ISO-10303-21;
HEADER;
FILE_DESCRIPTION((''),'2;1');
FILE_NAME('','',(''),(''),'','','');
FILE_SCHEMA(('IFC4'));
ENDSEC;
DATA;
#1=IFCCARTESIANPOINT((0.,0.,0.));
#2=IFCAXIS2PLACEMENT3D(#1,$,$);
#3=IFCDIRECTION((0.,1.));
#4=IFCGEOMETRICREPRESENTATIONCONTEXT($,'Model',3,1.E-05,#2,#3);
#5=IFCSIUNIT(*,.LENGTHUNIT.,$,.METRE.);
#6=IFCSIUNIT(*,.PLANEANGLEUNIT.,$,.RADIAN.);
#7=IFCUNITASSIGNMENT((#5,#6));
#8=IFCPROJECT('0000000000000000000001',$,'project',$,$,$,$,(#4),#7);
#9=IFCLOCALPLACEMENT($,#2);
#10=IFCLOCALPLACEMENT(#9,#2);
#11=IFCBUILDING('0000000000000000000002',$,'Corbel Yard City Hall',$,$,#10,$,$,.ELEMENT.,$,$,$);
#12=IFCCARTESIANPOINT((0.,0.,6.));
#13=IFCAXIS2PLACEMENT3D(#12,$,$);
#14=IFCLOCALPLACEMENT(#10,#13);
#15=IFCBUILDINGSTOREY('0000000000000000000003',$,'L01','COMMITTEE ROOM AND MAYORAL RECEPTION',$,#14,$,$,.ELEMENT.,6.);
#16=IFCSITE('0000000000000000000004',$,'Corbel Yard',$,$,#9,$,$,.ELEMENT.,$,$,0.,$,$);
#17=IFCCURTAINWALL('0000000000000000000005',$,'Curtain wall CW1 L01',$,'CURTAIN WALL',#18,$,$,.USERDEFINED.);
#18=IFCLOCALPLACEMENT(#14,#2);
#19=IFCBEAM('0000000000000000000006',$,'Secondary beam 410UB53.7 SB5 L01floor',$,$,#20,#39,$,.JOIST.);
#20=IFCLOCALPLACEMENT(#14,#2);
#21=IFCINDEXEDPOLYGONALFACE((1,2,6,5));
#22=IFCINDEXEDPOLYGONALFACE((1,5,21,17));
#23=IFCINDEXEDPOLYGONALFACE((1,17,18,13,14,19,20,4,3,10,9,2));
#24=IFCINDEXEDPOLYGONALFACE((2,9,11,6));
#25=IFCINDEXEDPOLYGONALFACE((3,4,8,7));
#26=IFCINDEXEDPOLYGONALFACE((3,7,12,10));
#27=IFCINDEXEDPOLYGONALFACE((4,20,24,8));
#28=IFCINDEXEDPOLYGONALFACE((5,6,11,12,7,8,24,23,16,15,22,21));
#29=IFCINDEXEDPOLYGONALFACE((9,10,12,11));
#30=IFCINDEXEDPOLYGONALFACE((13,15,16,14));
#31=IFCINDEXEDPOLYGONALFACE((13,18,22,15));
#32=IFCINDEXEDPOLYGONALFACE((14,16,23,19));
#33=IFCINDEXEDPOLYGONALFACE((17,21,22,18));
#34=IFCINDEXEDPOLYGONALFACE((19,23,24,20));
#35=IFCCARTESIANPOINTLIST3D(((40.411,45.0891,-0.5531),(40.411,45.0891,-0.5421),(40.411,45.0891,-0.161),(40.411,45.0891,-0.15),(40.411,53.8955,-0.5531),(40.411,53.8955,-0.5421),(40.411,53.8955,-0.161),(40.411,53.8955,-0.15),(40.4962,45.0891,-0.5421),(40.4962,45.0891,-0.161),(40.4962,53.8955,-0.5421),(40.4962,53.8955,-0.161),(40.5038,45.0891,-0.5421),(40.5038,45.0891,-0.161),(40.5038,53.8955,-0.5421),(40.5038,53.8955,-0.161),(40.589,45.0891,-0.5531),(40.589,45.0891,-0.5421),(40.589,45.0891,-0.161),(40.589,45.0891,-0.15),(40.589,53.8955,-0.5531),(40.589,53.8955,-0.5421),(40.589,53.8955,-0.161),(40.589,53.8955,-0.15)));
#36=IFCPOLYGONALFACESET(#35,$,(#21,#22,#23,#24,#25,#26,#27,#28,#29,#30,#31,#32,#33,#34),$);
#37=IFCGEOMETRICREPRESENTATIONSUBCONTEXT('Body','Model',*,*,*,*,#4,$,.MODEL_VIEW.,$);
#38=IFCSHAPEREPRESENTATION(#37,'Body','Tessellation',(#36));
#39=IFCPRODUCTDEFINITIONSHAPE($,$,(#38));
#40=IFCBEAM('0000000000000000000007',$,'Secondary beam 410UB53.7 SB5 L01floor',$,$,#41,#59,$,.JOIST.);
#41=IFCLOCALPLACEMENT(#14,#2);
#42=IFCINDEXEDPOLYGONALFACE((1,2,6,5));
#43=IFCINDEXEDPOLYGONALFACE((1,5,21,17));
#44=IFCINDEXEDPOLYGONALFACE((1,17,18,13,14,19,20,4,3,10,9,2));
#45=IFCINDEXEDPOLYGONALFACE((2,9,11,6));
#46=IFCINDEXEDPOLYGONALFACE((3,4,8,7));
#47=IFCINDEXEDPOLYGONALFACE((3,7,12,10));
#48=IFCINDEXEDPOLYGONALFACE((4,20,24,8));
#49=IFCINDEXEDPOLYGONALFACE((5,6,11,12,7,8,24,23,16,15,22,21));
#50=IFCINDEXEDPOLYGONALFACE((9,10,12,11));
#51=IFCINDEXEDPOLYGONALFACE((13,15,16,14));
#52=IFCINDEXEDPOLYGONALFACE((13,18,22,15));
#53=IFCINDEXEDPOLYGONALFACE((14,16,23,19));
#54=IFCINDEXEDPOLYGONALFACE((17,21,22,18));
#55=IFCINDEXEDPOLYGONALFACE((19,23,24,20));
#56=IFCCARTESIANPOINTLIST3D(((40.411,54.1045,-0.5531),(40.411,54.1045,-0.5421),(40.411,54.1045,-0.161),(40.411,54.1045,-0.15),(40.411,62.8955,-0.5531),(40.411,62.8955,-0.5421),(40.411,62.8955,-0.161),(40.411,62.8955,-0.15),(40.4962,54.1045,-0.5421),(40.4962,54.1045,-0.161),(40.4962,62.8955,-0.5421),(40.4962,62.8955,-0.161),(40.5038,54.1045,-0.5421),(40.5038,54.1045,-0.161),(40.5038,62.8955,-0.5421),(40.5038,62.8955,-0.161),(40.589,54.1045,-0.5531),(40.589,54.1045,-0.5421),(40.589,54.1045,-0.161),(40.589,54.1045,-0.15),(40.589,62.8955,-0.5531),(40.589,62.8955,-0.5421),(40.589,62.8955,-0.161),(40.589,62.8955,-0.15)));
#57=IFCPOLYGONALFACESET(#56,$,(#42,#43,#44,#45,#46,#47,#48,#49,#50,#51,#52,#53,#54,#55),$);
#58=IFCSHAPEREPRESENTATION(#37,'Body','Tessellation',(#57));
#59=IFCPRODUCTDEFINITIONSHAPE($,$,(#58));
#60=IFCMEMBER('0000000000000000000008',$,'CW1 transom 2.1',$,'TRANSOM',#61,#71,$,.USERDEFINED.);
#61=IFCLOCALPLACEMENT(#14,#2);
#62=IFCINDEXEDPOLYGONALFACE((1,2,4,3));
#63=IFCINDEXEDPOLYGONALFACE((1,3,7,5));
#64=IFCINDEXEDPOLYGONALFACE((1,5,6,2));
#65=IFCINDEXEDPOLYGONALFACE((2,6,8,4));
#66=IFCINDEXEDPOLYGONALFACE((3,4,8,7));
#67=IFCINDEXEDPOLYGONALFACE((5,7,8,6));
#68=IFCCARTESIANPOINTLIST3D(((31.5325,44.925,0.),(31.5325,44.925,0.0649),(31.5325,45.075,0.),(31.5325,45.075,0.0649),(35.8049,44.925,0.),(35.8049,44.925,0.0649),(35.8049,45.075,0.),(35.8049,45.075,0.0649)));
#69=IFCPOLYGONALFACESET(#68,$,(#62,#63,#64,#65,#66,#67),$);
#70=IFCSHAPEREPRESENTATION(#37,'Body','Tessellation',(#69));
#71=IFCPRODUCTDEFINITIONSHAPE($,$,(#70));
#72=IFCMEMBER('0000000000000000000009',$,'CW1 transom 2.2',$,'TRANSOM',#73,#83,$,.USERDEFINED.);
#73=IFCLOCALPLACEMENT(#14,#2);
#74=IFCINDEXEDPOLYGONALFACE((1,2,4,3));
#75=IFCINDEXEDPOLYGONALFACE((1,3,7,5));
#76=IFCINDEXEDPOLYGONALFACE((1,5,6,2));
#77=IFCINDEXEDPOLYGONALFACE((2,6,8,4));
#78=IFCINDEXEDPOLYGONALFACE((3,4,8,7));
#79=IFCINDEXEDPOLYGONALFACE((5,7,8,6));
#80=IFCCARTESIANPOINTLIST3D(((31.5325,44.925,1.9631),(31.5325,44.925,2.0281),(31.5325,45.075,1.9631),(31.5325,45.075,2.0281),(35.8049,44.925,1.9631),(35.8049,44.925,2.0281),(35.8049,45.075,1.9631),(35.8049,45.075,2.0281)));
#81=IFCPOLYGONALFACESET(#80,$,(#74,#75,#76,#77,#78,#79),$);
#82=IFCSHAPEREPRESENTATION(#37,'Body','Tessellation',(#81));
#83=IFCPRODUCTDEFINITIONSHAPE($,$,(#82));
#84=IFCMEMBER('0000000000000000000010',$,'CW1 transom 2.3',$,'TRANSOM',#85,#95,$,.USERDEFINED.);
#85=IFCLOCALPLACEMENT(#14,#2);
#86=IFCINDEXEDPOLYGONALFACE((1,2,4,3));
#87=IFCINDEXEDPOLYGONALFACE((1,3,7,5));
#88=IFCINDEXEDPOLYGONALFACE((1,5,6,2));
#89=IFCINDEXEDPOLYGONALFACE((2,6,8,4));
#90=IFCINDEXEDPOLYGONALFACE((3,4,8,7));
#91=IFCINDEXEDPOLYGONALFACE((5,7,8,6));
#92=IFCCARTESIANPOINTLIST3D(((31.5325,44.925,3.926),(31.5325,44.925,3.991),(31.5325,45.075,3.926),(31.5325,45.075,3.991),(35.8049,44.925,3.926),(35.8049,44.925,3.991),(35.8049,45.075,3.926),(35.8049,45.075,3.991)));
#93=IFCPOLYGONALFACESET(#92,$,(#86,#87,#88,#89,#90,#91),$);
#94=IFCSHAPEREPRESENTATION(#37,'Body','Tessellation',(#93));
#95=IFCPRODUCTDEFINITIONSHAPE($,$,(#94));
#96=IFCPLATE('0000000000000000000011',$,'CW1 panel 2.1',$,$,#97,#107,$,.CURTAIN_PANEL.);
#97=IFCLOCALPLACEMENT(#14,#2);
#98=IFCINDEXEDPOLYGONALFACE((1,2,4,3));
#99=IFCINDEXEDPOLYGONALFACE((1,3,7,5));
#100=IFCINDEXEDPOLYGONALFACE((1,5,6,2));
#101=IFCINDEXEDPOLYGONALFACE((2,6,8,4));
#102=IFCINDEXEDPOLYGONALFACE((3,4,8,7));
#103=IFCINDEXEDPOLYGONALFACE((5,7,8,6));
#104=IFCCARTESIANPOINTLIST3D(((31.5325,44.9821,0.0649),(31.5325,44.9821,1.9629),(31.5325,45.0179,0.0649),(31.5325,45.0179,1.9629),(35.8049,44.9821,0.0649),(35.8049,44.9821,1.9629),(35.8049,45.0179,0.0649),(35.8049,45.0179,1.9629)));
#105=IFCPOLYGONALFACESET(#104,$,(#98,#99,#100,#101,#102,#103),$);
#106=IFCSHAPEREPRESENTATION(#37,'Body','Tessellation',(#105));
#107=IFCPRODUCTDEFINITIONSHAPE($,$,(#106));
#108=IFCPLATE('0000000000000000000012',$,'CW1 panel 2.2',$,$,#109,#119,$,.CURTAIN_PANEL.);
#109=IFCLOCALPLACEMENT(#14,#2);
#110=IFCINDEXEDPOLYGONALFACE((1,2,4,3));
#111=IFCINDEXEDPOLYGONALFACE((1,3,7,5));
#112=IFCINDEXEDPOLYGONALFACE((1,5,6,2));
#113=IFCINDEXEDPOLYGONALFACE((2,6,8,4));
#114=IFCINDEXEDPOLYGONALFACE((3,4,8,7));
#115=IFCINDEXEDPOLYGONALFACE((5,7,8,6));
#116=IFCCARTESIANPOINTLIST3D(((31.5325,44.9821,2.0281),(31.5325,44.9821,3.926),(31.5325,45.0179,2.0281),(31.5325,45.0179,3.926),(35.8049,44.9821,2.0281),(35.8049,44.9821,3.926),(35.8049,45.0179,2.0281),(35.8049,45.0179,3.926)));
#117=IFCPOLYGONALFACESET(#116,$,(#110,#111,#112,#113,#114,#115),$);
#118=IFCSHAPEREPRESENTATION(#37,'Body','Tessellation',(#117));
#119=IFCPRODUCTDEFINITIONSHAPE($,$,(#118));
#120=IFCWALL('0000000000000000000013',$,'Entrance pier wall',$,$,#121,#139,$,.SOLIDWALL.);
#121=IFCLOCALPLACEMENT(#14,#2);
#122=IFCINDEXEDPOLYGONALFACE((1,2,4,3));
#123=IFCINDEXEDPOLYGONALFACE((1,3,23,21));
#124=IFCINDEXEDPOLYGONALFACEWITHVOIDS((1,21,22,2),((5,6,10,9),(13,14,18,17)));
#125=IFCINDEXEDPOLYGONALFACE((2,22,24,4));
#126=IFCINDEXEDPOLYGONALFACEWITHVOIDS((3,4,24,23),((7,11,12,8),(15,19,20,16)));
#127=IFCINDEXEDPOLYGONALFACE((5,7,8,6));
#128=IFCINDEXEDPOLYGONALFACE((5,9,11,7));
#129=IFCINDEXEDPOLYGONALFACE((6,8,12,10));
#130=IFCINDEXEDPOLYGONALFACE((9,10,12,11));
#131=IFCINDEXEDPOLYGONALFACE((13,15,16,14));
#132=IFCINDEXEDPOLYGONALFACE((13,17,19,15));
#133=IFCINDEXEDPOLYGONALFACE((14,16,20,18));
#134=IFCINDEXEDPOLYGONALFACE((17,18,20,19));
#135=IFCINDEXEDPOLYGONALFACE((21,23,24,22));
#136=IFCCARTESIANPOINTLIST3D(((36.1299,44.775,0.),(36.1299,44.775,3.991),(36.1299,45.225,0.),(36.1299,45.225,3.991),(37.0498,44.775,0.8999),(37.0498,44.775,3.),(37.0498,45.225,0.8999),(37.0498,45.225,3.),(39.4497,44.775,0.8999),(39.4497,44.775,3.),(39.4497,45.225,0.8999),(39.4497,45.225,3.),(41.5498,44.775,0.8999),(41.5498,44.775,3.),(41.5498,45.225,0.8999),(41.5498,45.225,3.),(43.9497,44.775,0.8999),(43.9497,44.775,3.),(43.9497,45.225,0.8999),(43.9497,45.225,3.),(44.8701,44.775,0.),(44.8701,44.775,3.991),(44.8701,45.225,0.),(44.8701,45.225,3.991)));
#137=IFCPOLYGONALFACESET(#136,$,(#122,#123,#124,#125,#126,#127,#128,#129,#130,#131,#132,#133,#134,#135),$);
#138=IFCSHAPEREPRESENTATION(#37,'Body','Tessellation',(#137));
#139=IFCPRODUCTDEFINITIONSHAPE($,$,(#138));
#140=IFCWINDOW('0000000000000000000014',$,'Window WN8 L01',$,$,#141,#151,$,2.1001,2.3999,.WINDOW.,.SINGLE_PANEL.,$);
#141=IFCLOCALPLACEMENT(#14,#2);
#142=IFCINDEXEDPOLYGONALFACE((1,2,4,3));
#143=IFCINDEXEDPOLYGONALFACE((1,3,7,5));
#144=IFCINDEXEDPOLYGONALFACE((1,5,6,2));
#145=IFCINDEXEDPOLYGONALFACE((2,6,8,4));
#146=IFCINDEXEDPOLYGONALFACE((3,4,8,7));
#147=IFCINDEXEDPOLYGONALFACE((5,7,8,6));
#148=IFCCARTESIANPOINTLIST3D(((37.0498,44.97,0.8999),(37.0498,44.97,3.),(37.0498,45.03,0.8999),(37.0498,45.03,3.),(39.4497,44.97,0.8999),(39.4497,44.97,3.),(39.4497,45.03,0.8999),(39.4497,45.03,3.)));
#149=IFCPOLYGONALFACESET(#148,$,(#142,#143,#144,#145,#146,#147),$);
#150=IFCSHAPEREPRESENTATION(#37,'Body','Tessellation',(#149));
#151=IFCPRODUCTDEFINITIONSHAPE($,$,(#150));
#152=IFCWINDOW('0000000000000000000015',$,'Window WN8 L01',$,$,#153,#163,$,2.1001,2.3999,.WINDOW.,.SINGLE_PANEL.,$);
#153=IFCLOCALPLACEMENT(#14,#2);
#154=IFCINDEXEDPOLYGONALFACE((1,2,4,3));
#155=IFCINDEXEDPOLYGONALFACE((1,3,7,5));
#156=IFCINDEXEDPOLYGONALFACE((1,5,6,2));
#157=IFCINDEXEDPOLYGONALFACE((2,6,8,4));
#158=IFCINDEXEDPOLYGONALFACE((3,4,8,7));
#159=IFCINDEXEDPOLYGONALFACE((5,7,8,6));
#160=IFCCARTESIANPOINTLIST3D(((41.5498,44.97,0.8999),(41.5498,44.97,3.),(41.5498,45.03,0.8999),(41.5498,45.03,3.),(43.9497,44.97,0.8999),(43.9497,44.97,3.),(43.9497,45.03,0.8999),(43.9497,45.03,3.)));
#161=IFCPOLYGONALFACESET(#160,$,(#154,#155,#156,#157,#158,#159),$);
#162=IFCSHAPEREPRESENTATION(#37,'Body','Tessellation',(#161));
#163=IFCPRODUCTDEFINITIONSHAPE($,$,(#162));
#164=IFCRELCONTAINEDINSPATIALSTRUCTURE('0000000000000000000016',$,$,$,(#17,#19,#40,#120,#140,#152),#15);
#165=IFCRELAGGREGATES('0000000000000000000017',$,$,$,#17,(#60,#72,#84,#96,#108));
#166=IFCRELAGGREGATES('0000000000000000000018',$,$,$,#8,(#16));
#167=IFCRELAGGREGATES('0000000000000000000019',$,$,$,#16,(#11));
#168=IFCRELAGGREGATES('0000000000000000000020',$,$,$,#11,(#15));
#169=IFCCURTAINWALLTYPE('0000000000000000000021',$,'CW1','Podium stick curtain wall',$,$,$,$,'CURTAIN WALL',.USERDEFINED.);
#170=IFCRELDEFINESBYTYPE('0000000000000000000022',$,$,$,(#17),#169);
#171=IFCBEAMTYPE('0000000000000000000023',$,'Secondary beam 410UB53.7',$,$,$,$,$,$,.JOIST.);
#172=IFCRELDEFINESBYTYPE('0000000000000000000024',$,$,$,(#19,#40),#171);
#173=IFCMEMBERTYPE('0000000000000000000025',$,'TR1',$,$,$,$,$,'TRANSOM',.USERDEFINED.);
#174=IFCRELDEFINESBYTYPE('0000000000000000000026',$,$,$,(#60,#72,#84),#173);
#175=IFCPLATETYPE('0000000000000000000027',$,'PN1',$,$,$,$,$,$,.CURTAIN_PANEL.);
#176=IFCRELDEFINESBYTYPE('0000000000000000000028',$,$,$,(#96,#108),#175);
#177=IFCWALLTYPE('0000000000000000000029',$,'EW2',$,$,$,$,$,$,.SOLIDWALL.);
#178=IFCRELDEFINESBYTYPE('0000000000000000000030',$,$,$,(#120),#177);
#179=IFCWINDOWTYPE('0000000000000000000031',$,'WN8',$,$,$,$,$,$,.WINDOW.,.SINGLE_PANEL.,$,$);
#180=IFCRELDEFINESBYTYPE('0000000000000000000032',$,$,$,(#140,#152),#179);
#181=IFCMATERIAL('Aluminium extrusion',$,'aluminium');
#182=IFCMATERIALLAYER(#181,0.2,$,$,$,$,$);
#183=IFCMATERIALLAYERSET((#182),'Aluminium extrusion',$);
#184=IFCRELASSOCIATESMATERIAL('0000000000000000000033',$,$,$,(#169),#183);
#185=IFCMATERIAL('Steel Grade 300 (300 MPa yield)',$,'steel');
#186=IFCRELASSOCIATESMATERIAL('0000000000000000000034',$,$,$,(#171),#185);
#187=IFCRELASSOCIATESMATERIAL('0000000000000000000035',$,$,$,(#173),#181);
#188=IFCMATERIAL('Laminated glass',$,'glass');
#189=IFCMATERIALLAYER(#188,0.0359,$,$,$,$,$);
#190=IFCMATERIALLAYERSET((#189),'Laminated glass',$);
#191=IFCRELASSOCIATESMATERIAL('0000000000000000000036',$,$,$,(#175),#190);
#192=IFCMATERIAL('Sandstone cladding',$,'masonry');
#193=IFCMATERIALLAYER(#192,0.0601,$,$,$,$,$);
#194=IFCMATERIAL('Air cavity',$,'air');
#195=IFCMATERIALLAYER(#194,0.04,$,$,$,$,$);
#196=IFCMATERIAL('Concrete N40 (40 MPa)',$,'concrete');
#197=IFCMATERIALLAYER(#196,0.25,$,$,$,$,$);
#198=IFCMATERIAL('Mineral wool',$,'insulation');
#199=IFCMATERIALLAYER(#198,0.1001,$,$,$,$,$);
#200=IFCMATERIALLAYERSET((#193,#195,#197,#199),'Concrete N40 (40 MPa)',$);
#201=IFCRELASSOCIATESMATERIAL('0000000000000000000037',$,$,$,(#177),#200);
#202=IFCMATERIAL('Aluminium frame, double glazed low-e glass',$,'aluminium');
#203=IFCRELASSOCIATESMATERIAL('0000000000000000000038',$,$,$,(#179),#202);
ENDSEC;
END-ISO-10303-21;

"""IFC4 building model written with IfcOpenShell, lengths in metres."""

from ifc_helpers import new_model, si_unit, direction, frame, frame_2d, origin, origin_2d, place, context, subcontext, project, spatial, rectangle, i_section, extrude, material, layer, layer_set, material_profile, profile_set, type_object, element, fill, aggregate, save


model = new_model("IFC4")

# Units and contexts
model_context = context("Model", 3, precision=1e-05, world=origin(), true_north=direction((0.0, 1.0)))
body_context = subcontext(model_context, "Body", "Model", "MODEL_VIEW")
ifc_project = project(units=[si_unit("LENGTHUNIT", "METRE"), si_unit("PLANEANGLEUNIT", "RADIAN")], contexts=[model_context])

# Site, building, storey
site_placement = place(None, origin())
site = spatial("IfcSite", under=ifc_project, at=site_placement, Name="Corbel Yard", CompositionType="ELEMENT", RefElevation=0.0)
building_placement = place(site_placement, origin())
building = spatial("IfcBuilding", under=site, at=building_placement, Name="Corbel Yard City Hall", CompositionType="ELEMENT")
storey_placement = place(building_placement, frame((0.0, 0.0, 6.0)))
storey = spatial("IfcBuildingStorey", under=building, at=storey_placement, Name="L01", Description="COMMITTEE ROOM AND MAYORAL RECEPTION", CompositionType="ELEMENT", Elevation=6.0)

# Shared definitions
ifc_material_1 = material(Name="Steel Grade 300 (300 MPa yield)", Category="steel")

# Curtain wall
ifc_material_2 = material(Name="Aluminium extrusion", Category="aluminium")
ifc_layer_1 = layer(ifc_material_2, 0.2)
ifc_layer_set_1 = layer_set([ifc_layer_1], Name="Aluminium extrusion")
curtain_wall_type = type_object("IfcCurtainWallType", Name="CW1", Description="Podium stick curtain wall", ElementType="CURTAIN WALL", PredefinedType="USERDEFINED", material=ifc_layer_set_1)
curtain_wall_placement = place(storey_placement, origin())
curtain_wall = element("IfcCurtainWall", 1, at=curtain_wall_placement, inside=storey, type_object=curtain_wall_type, Name="Curtain wall CW1 L01", ObjectType="CURTAIN WALL", PredefinedType="USERDEFINED")

# Beams
ifc_material_profile_1 = material_profile(ifc_material_1, i_section(OverallWidth=0.178, OverallDepth=0.4031, WebThickness=0.0076, FlangeThickness=0.011, at=origin_2d()), Name="410UB53.7")
ifc_profile_set_1 = profile_set([ifc_material_profile_1], Name="Steel Grade 300 (300 MPa yield)")
beam_type_1 = type_object("IfcBeamType", Name="Secondary beam 410UB53.7", PredefinedType="JOIST", material=ifc_profile_set_1)
beam_1_placement = place(storey_placement, frame((40.5, 45.0891, -0.3516), z_axis=(0.0, 1.0, 0.0), x_axis=(-1.0, 0.0, 0.0)))
element("IfcBeam", 2, at=beam_1_placement, inside=storey, type_object=beam_type_1, Name="Secondary beam 410UB53.7 SB5 L01floor", PredefinedType="JOIST", context=body_context, shape_type="SweptSolid", body=[
    extrude(i_section(OverallWidth=0.178, OverallDepth=0.4031, WebThickness=0.0076, FlangeThickness=0.011, at=origin_2d()), origin(), (0.0, 0.0, 1.0), 8.8064),
])
beam_2_placement = place(storey_placement, frame((40.5, 54.1045, -0.3516), z_axis=(0.0, 1.0, 0.0), x_axis=(-1.0, 0.0, 0.0)))
element("IfcBeam", 3, at=beam_2_placement, inside=storey, type_object=beam_type_1, Name="Secondary beam 410UB53.7 SB5 L01floor", PredefinedType="JOIST", context=body_context, shape_type="SweptSolid", body=[
    extrude(i_section(OverallWidth=0.178, OverallDepth=0.4031, WebThickness=0.0076, FlangeThickness=0.011, at=origin_2d()), origin(), (0.0, 0.0, 1.0), 8.791),
])

# Members
ifc_material_profile_2 = material_profile(ifc_material_2, rectangle(XDim=0.1499, YDim=0.0649, at=origin_2d()), Name="150x65")
ifc_profile_set_2 = profile_set([ifc_material_profile_2], Name="Aluminium extrusion")
member_type_1 = type_object("IfcMemberType", Name="TR1", ElementType="TRANSOM", PredefinedType="USERDEFINED", material=ifc_profile_set_2)
member_1_placement = place(storey_placement, frame((31.5325, 45.0, 0.0325), z_axis=(1.0, 0.0, 0.0), x_axis=(0.0, 1.0, 0.0)))
member_1 = element("IfcMember", 4, at=member_1_placement, type_object=member_type_1, Name="CW1 transom 2.1", ObjectType="TRANSOM", PredefinedType="USERDEFINED", context=body_context, shape_type="SweptSolid", body=[
    extrude(rectangle(XDim=0.1499, YDim=0.0649, at=origin_2d()), origin(), (0.0, 0.0, 1.0), 4.2725),
])
member_2_placement = place(storey_placement, frame((31.5325, 45.0, 1.9956), z_axis=(1.0, 0.0, 0.0), x_axis=(0.0, 1.0, 0.0)))
member_2 = element("IfcMember", 5, at=member_2_placement, type_object=member_type_1, Name="CW1 transom 2.2", ObjectType="TRANSOM", PredefinedType="USERDEFINED", context=body_context, shape_type="SweptSolid", body=[
    extrude(rectangle(XDim=0.1499, YDim=0.0649, at=origin_2d()), origin(), (0.0, 0.0, 1.0), 4.2725),
])
member_3_placement = place(storey_placement, frame((31.5325, 45.0, 3.9585), z_axis=(1.0, 0.0, 0.0), x_axis=(0.0, 1.0, 0.0)))
member_3 = element("IfcMember", 6, at=member_3_placement, type_object=member_type_1, Name="CW1 transom 2.3", ObjectType="TRANSOM", PredefinedType="USERDEFINED", context=body_context, shape_type="SweptSolid", body=[
    extrude(rectangle(XDim=0.1499, YDim=0.0649, at=origin_2d()), origin(), (0.0, 0.0, 1.0), 4.2725),
])

# Plates
ifc_material_3 = material(Name="Laminated glass", Category="glass")
ifc_layer_2 = layer(ifc_material_3, 0.0359)
ifc_layer_set_2 = layer_set([ifc_layer_2], Name="Laminated glass")
plate_type = type_object("IfcPlateType", Name="PN1", PredefinedType="CURTAIN_PANEL", material=ifc_layer_set_2)
plate_1_placement = place(storey_placement, frame((33.6687, 45.0, 0.0649), z_axis=(0.0, 0.0, 1.0), x_axis=(1.0, 0.0, 0.0)))
plate_1 = element("IfcPlate", 7, at=plate_1_placement, type_object=plate_type, Name="CW1 panel 2.1", PredefinedType="CURTAIN_PANEL", context=body_context, shape_type="SweptSolid", body=[
    extrude(rectangle(XDim=4.2725, YDim=0.0359, at=origin_2d()), origin(), (0.0, 0.0, 1.0), 1.8979),
])
plate_2_placement = place(storey_placement, frame((33.6687, 45.0, 2.0281), z_axis=(0.0, 0.0, 1.0), x_axis=(1.0, 0.0, 0.0)))
plate_2 = element("IfcPlate", 8, at=plate_2_placement, type_object=plate_type, Name="CW1 panel 2.2", PredefinedType="CURTAIN_PANEL", context=body_context, shape_type="SweptSolid", body=[
    extrude(rectangle(XDim=4.2725, YDim=0.0359, at=origin_2d()), origin(), (0.0, 0.0, 1.0), 1.8979),
])
aggregate(curtain_wall, [member_1, member_2, member_3, plate_1, plate_2])

# Wall, openings, windows
ifc_material_4 = material(Name="Sandstone cladding", Category="masonry")
ifc_layer_3 = layer(ifc_material_4, 0.0601)
ifc_material_5 = material(Name="Air cavity", Category="air")
ifc_layer_4 = layer(ifc_material_5, 0.04)
ifc_material_6 = material(Name="Concrete N40 (40 MPa)", Category="concrete")
ifc_layer_5 = layer(ifc_material_6, 0.25)
ifc_material_7 = material(Name="Mineral wool", Category="insulation")
ifc_layer_6 = layer(ifc_material_7, 0.1001)
ifc_layer_set_3 = layer_set([ifc_layer_3, ifc_layer_4, ifc_layer_5, ifc_layer_6], Name="Concrete N40 (40 MPa)")
wall_type_1 = type_object("IfcWallType", Name="EW2", PredefinedType="SOLIDWALL", material=ifc_layer_set_3)
wall_1_placement = place(storey_placement, frame((36.1299, 45.0, 0.0), z_axis=(0.0, 0.0, 1.0), x_axis=(1.0, 0.0, 0.0)))
wall_1 = element("IfcWall", 9, at=wall_1_placement, inside=storey, type_object=wall_type_1, Name="Entrance pier wall", PredefinedType="SOLIDWALL", context=body_context, shape_type="SweptSolid", body=[
    extrude(rectangle(XDim=8.7402, YDim=0.45, at=frame_2d((4.3701, 0.0))), origin(), (0.0, 0.0, 1.0), 3.991),
])
opening_1_placement = place(wall_1_placement, frame((0.9199, 0.0, 0.8999)))
opening_1 = element("IfcOpeningElement", 10, at=opening_1_placement, cuts=wall_1, PredefinedType="OPENING", context=body_context, shape_type="SweptSolid", body=[
    extrude(rectangle(XDim=2.3999, YDim=2.1001, at=frame_2d((1.2, 1.05))), frame((0.0, 0.2349, 0.0), z_axis=(0.0, -1.0, 0.0), x_axis=(1.0, 0.0, 0.0)), (0.0, 0.0, 1.0), 0.47),
])
opening_2_placement = place(wall_1_placement, frame((5.4199, 0.0, 0.8999)))
opening_2 = element("IfcOpeningElement", 11, at=opening_2_placement, cuts=wall_1, PredefinedType="OPENING", context=body_context, shape_type="SweptSolid", body=[
    extrude(rectangle(XDim=2.3999, YDim=2.1001, at=frame_2d((1.2, 1.05))), frame((0.0, 0.2349, 0.0), z_axis=(0.0, -1.0, 0.0), x_axis=(1.0, 0.0, 0.0)), (0.0, 0.0, 1.0), 0.47),
])
ifc_material_8 = material(Name="Aluminium frame, double glazed low-e glass", Category="aluminium")
window_type = type_object("IfcWindowType", Name="WN8", PartitioningType="SINGLE_PANEL", PredefinedType="WINDOW", material=ifc_material_8)
window_1_placement = place(opening_1_placement, origin())
window_1 = element("IfcWindow", 12, at=window_1_placement, inside=storey, type_object=window_type, Name="Window WN8 L01", OverallHeight=2.1001, OverallWidth=2.3999, PartitioningType="SINGLE_PANEL", PredefinedType="WINDOW", context=body_context, shape_type="SweptSolid", body=[
    extrude(rectangle(XDim=2.3999, YDim=2.1001, at=frame_2d((1.2, 1.05))), frame((0.0, 0.03, 0.0), z_axis=(0.0, -1.0, 0.0), x_axis=(1.0, 0.0, 0.0)), (0.0, 0.0, 1.0), 0.0601),
])
fill(opening_1, window_1)
window_2_placement = place(opening_2_placement, origin())
window_2 = element("IfcWindow", 13, at=window_2_placement, inside=storey, type_object=window_type, Name="Window WN8 L01", OverallHeight=2.1001, OverallWidth=2.3999, PartitioningType="SINGLE_PANEL", PredefinedType="WINDOW", context=body_context, shape_type="SweptSolid", body=[
    extrude(rectangle(XDim=2.3999, YDim=2.1001, at=frame_2d((1.2, 1.05))), frame((0.0, 0.03, 0.0), z_axis=(0.0, -1.0, 0.0), x_axis=(1.0, 0.0, 0.0)), (0.0, 0.0, 1.0), 0.0601),
])
fill(opening_2, window_2)

save(model, "model.ifc")
